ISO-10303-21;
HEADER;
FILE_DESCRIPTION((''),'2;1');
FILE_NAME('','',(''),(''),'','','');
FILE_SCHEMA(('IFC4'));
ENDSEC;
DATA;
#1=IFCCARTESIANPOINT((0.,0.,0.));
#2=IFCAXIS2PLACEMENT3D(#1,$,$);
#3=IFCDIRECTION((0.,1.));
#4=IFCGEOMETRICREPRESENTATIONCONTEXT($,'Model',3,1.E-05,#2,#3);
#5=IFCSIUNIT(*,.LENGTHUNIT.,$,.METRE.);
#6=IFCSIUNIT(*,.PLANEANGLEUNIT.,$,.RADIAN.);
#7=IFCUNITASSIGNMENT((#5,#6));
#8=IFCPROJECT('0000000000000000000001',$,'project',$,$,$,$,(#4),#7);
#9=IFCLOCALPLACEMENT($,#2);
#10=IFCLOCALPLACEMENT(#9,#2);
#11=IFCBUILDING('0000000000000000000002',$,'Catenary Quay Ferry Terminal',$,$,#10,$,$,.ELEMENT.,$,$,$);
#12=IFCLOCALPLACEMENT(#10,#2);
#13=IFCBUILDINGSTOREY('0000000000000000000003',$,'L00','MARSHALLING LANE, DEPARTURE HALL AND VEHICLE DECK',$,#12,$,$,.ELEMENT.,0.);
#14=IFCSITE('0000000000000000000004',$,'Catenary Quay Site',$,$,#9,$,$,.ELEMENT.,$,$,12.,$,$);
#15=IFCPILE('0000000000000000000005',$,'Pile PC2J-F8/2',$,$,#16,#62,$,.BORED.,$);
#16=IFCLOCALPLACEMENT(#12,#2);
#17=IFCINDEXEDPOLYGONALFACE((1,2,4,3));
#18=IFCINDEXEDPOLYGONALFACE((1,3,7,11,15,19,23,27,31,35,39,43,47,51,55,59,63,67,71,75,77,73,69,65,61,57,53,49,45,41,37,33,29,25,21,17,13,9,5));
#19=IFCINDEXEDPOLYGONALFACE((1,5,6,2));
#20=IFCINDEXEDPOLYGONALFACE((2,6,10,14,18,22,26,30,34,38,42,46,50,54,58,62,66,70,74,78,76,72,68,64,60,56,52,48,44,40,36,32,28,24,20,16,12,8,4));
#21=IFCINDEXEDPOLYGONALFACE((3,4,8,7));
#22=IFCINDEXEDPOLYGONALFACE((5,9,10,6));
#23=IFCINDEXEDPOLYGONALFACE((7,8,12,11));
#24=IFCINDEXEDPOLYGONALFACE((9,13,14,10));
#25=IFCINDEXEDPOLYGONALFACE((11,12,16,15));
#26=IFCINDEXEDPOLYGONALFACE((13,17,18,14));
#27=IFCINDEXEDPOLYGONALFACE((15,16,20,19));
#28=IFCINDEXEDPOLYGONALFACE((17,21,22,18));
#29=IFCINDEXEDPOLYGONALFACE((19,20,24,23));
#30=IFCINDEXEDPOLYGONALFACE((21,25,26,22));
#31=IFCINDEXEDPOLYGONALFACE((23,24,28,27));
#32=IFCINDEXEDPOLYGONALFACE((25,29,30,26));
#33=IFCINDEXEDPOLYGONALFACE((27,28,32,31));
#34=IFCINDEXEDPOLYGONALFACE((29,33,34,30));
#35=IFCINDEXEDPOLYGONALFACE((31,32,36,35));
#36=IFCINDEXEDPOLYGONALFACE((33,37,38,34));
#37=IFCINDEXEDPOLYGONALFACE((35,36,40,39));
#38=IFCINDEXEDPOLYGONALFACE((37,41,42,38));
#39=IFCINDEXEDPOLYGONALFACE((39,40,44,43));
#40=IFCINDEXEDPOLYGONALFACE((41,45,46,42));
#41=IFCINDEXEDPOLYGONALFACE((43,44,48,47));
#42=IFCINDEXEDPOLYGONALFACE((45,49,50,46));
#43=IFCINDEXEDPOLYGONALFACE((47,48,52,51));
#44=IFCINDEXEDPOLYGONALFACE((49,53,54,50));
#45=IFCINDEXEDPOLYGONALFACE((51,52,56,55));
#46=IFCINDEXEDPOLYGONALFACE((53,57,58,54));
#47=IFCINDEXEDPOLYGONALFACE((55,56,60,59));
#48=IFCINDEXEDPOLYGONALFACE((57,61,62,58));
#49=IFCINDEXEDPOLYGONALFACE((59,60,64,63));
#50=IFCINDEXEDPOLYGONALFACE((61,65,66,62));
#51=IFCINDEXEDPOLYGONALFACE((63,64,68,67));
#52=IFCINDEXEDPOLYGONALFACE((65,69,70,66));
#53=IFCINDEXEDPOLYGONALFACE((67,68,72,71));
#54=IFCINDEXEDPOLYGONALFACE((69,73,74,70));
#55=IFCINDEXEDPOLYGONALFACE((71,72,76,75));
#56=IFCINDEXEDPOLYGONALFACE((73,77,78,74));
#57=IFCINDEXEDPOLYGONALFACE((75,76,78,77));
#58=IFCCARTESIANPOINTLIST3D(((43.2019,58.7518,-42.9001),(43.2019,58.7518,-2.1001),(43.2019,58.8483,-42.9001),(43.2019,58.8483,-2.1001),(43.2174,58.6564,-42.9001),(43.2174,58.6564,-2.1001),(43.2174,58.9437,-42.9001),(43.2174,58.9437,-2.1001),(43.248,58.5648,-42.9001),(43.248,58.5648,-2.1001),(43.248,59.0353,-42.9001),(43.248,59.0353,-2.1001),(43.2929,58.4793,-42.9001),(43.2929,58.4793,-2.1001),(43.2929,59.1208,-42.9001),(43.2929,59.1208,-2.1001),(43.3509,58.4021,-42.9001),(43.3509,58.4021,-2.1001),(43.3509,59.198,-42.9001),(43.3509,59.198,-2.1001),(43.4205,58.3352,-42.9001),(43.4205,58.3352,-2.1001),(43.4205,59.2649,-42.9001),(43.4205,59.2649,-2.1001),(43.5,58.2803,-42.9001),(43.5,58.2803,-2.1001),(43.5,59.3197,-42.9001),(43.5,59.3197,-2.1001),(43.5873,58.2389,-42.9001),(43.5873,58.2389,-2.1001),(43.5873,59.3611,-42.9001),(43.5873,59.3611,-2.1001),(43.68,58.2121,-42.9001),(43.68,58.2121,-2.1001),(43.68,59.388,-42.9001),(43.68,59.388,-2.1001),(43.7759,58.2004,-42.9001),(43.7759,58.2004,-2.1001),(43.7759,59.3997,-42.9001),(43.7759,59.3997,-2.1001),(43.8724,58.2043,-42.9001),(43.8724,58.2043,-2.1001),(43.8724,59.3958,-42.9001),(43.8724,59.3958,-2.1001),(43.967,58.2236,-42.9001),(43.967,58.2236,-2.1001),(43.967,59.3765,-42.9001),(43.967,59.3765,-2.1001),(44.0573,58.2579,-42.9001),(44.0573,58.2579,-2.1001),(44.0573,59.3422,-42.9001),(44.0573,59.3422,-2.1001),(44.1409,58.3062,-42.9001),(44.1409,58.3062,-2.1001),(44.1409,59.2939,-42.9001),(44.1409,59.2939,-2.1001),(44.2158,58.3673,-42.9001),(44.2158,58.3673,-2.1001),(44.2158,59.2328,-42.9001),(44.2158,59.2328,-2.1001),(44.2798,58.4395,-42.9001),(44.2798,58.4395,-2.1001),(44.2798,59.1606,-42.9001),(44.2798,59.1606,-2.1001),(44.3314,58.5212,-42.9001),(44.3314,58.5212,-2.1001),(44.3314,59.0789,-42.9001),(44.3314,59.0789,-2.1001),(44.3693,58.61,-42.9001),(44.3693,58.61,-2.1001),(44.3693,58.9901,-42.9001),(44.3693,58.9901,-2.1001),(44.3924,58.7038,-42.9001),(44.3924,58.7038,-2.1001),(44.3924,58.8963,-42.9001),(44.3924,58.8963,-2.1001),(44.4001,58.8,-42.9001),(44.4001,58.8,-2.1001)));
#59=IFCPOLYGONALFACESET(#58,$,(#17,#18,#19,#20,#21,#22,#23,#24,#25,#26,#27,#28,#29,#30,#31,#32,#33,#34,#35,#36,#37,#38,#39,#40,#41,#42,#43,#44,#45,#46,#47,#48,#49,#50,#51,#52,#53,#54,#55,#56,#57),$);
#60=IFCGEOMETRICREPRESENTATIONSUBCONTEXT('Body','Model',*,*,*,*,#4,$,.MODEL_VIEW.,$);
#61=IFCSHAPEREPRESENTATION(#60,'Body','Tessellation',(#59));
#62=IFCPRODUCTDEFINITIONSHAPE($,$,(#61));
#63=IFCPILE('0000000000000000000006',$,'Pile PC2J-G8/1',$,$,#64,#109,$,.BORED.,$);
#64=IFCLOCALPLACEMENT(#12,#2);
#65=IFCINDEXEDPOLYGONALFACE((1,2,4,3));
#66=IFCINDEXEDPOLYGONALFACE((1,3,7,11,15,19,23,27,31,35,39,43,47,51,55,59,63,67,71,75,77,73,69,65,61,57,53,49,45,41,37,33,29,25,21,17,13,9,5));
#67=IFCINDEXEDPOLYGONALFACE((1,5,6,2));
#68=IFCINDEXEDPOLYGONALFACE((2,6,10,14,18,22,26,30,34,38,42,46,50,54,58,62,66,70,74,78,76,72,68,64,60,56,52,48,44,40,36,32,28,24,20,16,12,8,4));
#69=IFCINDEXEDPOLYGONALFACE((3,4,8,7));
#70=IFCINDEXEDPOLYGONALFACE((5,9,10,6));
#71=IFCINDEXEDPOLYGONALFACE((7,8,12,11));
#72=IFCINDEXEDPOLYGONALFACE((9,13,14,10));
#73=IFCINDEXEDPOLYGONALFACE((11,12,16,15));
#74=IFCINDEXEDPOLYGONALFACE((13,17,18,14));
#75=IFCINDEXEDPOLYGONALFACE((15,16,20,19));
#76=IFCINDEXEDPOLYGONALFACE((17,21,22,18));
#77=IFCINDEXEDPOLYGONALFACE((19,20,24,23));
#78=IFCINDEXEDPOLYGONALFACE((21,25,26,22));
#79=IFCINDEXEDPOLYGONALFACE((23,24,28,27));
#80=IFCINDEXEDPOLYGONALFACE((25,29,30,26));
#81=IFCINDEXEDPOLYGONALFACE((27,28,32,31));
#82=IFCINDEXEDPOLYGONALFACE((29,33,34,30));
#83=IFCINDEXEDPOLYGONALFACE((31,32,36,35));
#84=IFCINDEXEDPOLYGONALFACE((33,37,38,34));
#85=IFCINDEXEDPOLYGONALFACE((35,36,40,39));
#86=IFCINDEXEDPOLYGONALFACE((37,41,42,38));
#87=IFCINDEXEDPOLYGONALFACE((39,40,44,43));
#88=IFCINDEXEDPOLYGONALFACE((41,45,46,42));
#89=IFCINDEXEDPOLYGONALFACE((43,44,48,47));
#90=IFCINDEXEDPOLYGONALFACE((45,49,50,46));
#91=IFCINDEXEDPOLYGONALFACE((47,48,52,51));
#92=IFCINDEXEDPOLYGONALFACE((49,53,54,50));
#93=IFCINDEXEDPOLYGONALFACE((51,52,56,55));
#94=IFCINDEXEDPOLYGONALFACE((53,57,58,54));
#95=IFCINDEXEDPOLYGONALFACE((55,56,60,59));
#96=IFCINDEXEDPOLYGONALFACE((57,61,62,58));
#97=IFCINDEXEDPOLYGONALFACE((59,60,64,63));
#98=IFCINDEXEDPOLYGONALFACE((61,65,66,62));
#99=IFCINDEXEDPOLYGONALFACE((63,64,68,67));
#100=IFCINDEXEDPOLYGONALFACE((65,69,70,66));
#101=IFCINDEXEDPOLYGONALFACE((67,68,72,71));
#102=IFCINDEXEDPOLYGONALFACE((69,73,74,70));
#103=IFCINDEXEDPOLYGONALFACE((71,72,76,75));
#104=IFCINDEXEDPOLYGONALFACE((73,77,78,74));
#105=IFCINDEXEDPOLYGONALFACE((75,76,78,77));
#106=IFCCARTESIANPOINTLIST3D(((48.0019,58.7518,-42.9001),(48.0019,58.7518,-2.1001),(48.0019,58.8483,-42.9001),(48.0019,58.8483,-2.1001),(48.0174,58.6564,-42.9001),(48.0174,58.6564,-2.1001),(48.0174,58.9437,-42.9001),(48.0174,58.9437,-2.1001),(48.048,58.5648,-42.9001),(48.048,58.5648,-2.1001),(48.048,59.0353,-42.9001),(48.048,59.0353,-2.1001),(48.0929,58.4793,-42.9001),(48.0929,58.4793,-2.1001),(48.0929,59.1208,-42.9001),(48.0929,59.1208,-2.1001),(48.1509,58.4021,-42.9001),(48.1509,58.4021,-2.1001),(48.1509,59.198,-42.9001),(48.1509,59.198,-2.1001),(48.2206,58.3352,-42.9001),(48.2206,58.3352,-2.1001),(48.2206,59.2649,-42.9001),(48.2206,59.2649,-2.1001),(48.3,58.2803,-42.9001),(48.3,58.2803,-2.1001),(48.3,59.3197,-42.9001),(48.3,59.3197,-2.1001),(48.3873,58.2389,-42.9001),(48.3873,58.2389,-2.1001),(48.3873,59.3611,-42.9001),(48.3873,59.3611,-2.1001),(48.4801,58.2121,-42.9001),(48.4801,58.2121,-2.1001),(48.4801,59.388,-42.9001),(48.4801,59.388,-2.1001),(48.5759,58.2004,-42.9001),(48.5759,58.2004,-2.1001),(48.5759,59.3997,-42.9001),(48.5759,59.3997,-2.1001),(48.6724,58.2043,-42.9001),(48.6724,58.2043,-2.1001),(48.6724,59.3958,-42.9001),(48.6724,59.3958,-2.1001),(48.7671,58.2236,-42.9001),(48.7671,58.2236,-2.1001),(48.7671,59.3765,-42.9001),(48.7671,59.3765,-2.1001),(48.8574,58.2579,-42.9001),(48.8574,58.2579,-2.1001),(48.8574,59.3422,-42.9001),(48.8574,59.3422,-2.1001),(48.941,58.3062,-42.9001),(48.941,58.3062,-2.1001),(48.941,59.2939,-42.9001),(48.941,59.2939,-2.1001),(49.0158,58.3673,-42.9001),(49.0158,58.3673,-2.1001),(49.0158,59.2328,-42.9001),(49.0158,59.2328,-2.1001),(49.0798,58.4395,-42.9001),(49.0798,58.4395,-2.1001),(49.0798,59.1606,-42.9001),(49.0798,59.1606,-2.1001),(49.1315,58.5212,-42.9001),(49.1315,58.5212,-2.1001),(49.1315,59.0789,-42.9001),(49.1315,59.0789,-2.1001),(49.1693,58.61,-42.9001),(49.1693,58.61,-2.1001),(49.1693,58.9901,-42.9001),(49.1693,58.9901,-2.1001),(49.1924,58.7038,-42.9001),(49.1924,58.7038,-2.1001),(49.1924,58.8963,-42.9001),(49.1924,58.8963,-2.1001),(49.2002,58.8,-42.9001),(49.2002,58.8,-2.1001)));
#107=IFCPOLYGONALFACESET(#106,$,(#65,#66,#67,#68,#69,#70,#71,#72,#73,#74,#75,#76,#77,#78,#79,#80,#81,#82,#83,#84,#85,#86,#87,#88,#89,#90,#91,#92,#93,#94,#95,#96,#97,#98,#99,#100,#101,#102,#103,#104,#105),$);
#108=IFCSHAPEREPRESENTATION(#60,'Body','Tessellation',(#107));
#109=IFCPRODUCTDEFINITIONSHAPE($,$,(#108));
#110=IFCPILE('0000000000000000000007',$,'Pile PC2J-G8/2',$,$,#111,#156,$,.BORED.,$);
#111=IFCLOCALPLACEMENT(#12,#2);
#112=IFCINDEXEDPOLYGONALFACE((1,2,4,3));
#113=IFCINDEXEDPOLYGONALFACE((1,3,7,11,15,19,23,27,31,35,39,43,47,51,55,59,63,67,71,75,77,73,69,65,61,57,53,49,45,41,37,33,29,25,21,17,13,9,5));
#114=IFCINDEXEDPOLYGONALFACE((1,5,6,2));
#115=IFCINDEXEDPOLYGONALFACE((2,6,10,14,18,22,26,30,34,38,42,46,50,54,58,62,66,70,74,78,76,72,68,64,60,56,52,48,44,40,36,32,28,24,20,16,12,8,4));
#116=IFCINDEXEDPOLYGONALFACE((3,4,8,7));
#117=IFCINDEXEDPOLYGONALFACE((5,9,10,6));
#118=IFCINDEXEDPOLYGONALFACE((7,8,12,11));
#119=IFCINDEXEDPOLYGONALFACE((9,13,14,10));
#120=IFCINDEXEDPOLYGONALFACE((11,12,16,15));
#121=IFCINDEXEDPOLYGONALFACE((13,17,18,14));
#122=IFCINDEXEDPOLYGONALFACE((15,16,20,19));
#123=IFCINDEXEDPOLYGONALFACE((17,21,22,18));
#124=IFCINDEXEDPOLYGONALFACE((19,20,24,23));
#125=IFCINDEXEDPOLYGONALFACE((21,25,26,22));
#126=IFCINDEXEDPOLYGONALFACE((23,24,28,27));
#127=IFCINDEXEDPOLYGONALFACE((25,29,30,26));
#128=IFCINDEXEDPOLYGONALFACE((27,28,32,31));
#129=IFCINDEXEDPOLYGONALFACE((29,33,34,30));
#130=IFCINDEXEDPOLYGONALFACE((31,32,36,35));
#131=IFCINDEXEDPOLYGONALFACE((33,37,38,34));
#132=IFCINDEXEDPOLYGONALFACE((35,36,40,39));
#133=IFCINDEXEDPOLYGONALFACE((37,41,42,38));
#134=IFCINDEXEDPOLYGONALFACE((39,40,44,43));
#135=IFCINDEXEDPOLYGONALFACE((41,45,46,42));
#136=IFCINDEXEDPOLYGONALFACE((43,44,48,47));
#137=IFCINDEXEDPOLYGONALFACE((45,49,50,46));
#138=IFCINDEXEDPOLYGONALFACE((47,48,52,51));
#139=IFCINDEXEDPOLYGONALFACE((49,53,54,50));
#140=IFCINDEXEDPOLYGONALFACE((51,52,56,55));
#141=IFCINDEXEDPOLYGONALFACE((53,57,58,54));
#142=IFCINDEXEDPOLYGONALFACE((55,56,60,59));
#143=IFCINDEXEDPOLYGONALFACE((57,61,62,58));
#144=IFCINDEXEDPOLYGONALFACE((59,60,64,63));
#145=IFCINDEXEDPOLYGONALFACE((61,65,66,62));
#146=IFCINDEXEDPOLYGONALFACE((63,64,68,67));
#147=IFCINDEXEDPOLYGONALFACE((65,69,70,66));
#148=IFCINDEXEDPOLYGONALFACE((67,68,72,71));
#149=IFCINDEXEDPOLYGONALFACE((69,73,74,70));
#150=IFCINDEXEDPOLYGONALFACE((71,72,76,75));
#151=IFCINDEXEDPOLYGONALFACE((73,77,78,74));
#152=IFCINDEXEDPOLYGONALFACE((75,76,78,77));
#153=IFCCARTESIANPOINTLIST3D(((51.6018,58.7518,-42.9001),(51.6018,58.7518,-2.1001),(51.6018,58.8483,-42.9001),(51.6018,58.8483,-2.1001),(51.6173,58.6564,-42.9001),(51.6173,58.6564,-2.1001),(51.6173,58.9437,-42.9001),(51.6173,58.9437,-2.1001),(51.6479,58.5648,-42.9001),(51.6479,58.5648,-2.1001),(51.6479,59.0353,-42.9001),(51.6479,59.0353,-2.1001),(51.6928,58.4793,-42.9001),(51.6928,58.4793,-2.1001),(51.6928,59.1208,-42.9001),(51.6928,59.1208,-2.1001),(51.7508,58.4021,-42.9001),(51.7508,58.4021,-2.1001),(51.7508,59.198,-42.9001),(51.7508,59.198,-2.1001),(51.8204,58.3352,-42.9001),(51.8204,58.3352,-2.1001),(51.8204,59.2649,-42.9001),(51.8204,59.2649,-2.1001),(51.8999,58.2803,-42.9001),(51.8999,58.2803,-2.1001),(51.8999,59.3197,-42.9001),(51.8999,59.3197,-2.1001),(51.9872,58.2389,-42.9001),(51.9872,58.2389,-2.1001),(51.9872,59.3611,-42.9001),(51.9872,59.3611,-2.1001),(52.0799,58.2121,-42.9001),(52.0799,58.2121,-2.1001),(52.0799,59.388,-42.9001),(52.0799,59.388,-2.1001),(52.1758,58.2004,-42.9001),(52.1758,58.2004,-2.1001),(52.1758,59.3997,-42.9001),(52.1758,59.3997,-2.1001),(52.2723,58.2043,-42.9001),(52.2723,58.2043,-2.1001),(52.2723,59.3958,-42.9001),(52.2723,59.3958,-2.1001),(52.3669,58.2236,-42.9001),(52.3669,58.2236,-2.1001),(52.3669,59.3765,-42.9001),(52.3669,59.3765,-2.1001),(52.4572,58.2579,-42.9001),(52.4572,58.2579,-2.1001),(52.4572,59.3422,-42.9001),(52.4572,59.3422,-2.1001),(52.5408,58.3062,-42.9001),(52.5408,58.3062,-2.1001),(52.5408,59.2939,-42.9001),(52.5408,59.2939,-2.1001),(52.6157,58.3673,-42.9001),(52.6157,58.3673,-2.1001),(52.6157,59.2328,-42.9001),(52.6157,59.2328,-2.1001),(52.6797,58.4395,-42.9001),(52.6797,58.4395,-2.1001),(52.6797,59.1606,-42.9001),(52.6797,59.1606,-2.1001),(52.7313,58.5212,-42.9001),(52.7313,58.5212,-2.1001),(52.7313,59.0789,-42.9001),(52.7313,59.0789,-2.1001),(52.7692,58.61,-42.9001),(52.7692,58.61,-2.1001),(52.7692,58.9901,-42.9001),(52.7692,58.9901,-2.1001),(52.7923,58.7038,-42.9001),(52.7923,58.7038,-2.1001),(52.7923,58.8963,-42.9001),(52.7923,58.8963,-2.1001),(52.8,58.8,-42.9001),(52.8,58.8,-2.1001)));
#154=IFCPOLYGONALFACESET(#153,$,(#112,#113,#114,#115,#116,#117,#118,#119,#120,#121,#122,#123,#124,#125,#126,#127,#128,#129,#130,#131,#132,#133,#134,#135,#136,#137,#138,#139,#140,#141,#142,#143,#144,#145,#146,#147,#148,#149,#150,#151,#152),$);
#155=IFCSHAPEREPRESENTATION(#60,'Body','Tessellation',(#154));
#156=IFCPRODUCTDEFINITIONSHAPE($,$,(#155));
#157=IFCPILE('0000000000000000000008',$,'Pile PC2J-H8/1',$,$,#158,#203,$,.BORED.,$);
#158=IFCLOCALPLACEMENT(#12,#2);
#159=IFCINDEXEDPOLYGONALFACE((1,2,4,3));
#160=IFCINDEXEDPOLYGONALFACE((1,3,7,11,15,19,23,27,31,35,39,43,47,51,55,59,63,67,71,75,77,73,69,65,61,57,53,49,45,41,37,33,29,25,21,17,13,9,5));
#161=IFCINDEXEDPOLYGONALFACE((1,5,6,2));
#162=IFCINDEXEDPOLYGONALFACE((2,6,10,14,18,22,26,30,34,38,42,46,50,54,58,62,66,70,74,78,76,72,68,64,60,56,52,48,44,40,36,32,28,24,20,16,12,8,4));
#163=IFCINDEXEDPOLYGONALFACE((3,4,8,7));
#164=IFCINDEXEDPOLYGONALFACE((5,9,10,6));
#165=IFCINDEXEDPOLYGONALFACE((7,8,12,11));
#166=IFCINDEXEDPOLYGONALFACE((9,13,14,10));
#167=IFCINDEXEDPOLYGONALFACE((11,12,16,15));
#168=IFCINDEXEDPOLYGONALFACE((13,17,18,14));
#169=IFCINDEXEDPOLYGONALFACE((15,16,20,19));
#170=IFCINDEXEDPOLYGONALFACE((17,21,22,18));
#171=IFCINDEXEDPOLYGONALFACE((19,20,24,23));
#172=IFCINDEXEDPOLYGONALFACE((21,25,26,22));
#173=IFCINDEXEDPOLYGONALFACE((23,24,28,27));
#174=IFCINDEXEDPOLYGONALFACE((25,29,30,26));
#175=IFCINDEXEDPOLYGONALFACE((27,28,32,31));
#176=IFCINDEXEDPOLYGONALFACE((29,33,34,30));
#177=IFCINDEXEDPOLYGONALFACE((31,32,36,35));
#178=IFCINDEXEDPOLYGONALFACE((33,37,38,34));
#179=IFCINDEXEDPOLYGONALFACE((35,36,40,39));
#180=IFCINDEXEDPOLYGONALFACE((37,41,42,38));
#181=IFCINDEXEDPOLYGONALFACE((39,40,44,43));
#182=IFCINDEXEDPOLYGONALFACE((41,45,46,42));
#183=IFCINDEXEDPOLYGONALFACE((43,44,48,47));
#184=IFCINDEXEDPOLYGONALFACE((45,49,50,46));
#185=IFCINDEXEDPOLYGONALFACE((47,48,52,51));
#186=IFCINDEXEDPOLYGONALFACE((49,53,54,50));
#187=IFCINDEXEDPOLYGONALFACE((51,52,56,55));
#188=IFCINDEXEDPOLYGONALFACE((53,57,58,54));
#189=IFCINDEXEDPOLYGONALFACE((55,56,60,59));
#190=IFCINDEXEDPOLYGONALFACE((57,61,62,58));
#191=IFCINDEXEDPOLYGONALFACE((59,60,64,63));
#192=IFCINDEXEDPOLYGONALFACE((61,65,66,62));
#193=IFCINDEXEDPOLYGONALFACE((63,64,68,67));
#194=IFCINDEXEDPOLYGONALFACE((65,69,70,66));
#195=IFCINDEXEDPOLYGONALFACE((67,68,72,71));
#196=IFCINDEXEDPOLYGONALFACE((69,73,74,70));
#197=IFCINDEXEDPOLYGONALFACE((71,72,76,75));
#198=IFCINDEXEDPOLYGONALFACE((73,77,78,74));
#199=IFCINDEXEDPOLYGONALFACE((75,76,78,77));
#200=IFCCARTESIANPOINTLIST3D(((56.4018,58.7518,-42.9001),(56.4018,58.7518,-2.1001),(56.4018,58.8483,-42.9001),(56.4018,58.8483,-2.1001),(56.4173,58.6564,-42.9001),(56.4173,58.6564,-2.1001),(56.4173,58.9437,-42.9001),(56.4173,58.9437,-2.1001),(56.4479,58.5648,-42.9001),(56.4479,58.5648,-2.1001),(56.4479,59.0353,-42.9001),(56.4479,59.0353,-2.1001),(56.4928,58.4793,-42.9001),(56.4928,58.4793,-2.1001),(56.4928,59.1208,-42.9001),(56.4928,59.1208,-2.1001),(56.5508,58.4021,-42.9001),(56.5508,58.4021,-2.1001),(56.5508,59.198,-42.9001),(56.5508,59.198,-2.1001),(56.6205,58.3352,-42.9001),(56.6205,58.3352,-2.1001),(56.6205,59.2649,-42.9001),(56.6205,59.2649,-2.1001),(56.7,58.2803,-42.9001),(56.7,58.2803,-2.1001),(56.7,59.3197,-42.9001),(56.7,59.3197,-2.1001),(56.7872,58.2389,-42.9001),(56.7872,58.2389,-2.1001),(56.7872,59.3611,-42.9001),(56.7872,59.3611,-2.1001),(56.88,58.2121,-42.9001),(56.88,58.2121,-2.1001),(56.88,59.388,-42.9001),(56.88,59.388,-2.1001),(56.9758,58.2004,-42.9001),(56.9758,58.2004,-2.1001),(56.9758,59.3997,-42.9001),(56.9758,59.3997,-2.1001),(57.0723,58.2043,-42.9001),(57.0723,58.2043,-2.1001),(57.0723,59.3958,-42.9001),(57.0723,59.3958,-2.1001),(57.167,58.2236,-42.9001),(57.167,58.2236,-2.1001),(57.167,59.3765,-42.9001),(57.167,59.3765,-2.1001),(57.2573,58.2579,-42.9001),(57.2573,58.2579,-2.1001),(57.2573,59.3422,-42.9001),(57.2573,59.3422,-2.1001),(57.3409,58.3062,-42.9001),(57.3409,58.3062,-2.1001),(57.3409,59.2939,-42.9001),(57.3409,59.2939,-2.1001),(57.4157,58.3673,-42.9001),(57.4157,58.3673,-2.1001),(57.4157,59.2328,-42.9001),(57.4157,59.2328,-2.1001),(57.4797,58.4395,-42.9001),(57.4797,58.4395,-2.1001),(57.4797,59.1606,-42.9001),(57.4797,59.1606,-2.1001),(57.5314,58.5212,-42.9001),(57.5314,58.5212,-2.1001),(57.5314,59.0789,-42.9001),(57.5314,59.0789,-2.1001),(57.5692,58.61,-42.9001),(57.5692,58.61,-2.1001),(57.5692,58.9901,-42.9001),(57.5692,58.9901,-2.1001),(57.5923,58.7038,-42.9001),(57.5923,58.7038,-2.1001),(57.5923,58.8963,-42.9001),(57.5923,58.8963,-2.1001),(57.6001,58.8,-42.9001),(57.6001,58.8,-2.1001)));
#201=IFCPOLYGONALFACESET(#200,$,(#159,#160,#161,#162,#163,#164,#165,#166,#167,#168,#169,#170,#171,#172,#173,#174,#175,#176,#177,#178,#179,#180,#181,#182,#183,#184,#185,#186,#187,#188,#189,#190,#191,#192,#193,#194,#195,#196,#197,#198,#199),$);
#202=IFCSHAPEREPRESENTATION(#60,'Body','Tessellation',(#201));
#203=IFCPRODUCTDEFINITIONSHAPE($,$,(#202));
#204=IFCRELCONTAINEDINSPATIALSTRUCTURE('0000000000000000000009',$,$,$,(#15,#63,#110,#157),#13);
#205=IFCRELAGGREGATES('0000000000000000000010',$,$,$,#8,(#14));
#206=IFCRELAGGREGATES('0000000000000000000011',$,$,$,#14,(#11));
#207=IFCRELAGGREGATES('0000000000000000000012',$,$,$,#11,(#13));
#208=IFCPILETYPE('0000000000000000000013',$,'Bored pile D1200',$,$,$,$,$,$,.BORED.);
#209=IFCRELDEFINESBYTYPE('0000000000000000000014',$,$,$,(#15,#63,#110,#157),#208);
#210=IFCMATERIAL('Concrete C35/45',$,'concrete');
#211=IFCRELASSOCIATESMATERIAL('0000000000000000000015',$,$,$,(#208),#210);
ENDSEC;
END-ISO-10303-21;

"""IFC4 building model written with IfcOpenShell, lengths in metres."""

from ifc_helpers import new_model, si_unit, direction, frame, origin, origin_2d, place, context, subcontext, project, spatial, circle, extrude, material, material_profile, profile_set, type_object, element, save


model = new_model("IFC4")

# Units and contexts
model_context = context("Model", 3, precision=1e-05, world=origin(), true_north=direction((0.0, 1.0)))
body_context = subcontext(model_context, "Body", "Model", "MODEL_VIEW")
ifc_project = project(units=[si_unit("LENGTHUNIT", "METRE"), si_unit("PLANEANGLEUNIT", "RADIAN")], contexts=[model_context])

# Site, building, storey
site_placement = place(None, origin())
site = spatial("IfcSite", under=ifc_project, at=site_placement, Name="Catenary Quay Site", CompositionType="ELEMENT", RefElevation=12.0)
building_placement = place(site_placement, origin())
building = spatial("IfcBuilding", under=site, at=building_placement, Name="Catenary Quay Ferry Terminal", CompositionType="ELEMENT")
storey_placement = place(building_placement, origin())
storey = spatial("IfcBuildingStorey", under=building, at=storey_placement, Name="L00", Description="MARSHALLING LANE, DEPARTURE HALL AND VEHICLE DECK", CompositionType="ELEMENT", Elevation=0.0)

# Piles
ifc_material_1 = material(Name="Concrete C35/45", Category="concrete")
ifc_material_profile_1 = material_profile(ifc_material_1, circle(Radius=0.6001, at=origin_2d()), Name="D1200")
ifc_profile_set_1 = profile_set([ifc_material_profile_1], Name="Concrete C35/45")
pile_type = type_object("IfcPileType", Name="Bored pile D1200", PredefinedType="BORED", material=ifc_profile_set_1)
for number, where, z_axis, x_axis, name in (
    (1, (43.8, 58.8, -2.1001), (0.0, 0.0, -1.0), (1.0, 0.0, 0.0), "Pile PC2J-F8/2"),
    (2, (48.6001, 58.8, -2.1001), (0.0, 0.0, -1.0), (1.0, 0.0, 0.0), "Pile PC2J-G8/1"),
    (3, (52.2, 58.8, -2.1001), (0.0, 0.0, -1.0), (1.0, 0.0, 0.0), "Pile PC2J-G8/2"),
    (4, (57.0, 58.8, -2.1001), (0.0, 0.0, -1.0), (1.0, 0.0, 0.0), "Pile PC2J-H8/1"),
):
    element("IfcPile", number, at=place(storey_placement, frame(where, z_axis=z_axis, x_axis=x_axis)), inside=storey, type_object=pile_type, Name=name, PredefinedType="BORED", context=body_context, shape_type="SweptSolid", body=[
        extrude(circle(Radius=0.6001, at=origin_2d()), origin(), (0.0, 0.0, 1.0), 40.8),
    ])

save(model, "model.ifc")
